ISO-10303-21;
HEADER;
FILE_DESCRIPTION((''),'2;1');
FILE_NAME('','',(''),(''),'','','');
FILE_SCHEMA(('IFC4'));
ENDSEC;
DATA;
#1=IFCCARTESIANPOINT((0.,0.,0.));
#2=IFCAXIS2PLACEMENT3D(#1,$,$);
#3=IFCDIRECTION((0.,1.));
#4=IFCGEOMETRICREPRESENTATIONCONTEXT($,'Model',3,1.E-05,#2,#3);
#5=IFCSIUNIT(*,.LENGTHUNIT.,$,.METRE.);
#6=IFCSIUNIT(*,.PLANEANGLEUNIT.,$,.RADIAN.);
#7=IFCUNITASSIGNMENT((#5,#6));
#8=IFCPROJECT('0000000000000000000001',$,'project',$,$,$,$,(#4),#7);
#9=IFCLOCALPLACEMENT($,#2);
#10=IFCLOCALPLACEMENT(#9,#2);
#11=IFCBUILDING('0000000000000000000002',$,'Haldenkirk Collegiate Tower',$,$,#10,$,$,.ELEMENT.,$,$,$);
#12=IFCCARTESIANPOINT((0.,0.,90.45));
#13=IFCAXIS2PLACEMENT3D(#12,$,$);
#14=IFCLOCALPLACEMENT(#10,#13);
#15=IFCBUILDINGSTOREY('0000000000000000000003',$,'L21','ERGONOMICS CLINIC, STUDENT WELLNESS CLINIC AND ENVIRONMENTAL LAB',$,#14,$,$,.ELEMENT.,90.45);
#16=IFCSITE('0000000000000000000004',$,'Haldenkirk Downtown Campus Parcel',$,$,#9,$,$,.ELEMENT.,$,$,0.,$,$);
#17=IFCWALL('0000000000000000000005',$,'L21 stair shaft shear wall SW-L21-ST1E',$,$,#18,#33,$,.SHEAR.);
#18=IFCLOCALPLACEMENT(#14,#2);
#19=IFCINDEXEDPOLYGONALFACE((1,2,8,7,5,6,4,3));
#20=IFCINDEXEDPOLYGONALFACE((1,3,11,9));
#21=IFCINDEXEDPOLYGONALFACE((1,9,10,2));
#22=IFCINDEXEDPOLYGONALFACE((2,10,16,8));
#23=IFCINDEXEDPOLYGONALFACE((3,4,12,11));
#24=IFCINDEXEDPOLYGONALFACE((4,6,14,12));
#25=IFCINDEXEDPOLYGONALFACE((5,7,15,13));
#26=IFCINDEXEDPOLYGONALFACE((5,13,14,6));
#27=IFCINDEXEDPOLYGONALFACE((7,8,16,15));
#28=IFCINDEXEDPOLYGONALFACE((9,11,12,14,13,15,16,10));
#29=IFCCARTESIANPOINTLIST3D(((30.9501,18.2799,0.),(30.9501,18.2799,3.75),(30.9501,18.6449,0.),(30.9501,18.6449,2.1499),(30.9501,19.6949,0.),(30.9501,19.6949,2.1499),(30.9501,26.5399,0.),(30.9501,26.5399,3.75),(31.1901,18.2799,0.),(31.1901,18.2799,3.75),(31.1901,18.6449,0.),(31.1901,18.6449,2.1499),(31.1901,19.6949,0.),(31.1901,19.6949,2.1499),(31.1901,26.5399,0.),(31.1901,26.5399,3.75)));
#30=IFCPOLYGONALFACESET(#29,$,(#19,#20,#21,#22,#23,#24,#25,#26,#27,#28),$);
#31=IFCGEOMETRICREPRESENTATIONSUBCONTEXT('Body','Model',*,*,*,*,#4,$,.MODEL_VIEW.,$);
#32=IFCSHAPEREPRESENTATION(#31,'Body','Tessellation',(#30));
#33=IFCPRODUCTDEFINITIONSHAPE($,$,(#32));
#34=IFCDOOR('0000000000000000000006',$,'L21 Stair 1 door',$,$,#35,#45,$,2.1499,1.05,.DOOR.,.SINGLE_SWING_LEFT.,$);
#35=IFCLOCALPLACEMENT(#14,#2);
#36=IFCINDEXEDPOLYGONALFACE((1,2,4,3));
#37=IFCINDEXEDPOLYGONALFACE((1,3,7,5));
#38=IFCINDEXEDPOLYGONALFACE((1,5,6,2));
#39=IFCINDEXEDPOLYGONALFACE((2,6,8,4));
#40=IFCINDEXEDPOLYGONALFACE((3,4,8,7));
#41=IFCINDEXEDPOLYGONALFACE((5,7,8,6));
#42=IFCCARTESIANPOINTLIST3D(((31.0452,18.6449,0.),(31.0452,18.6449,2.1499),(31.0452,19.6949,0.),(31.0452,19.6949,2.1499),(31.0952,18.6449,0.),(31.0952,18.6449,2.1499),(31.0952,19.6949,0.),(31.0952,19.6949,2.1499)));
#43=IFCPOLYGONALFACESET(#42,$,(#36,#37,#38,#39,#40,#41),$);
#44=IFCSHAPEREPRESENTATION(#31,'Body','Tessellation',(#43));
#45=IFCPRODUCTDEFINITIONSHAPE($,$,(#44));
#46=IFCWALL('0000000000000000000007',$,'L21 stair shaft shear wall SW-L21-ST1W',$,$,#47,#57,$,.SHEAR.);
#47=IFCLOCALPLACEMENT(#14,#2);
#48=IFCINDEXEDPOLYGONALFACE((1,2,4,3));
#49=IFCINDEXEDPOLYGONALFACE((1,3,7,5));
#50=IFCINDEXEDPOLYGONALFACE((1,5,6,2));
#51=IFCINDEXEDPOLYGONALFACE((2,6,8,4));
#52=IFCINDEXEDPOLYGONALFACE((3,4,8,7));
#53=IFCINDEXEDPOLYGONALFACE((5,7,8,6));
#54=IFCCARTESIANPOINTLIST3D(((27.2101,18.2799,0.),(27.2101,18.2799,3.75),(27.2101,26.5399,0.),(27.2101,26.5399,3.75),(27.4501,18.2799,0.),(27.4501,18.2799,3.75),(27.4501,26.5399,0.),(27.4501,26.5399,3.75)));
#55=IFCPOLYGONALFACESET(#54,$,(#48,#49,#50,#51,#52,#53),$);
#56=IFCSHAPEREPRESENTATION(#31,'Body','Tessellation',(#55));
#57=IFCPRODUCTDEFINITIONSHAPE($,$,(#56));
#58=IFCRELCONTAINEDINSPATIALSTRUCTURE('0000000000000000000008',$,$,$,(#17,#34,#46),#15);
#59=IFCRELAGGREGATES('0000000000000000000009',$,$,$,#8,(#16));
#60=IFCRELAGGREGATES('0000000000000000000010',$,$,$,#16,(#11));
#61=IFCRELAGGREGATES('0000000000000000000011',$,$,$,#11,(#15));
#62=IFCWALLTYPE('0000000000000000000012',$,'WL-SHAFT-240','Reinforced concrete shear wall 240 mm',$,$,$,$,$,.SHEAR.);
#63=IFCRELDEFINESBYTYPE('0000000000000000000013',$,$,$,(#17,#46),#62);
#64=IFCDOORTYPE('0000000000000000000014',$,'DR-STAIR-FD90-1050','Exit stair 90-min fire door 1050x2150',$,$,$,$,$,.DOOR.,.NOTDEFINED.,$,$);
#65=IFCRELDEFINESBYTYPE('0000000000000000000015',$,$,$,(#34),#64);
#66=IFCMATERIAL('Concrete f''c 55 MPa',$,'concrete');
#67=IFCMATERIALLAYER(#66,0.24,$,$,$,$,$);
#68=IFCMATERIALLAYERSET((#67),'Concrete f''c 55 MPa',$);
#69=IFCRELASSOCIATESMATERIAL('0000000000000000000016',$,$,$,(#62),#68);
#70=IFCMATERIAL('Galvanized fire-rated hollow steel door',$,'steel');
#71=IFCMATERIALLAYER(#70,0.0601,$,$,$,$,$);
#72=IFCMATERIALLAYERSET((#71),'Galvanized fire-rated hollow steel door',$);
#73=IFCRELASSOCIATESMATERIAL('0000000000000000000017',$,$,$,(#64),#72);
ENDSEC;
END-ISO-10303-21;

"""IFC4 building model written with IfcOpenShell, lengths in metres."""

from ifc_helpers import new_model, si_unit, direction, frame, frame_2d, origin, place, context, subcontext, project, spatial, rectangle, extrude, material, layer, layer_set, type_object, element, fill, save


model = new_model("IFC4")

# Units and contexts
model_context = context("Model", 3, precision=1e-05, world=origin(), true_north=direction((0.0, 1.0)))
body_context = subcontext(model_context, "Body", "Model", "MODEL_VIEW")
ifc_project = project(units=[si_unit("LENGTHUNIT", "METRE"), si_unit("PLANEANGLEUNIT", "RADIAN")], contexts=[model_context])

# Site, building, storey
site_placement = place(None, origin())
site = spatial("IfcSite", under=ifc_project, at=site_placement, Name="Haldenkirk Downtown Campus Parcel", CompositionType="ELEMENT", RefElevation=0.0)
building_placement = place(site_placement, origin())
building = spatial("IfcBuilding", under=site, at=building_placement, Name="Haldenkirk Collegiate Tower", CompositionType="ELEMENT")
storey_placement = place(building_placement, frame((0.0, 0.0, 90.45)))
storey = spatial("IfcBuildingStorey", under=building, at=storey_placement, Name="L21", Description="ERGONOMICS CLINIC, STUDENT WELLNESS CLINIC AND ENVIRONMENTAL LAB", CompositionType="ELEMENT", Elevation=90.45)

# Shared definitions
ifc_material_1 = material(Name="Galvanized fire-rated hollow steel door", Category="steel")

# Wall, opening, door
ifc_material_2 = material(Name="Concrete f'c 55 MPa", Category="concrete")
ifc_layer_1 = layer(ifc_material_2, 0.24)
ifc_layer_set_1 = layer_set([ifc_layer_1], Name="Concrete f'c 55 MPa")
wall_type_1 = type_object("IfcWallType", Name="WL-SHAFT-240", Description="Reinforced concrete shear wall 240 mm", PredefinedType="SHEAR", material=ifc_layer_set_1)
wall_1_placement = place(storey_placement, frame((31.0701, 18.28, 0.0), z_axis=(0.0, 0.0, 1.0), x_axis=(0.0, 1.0, 0.0)))
wall_1 = element("IfcWall", 1, at=wall_1_placement, inside=storey, type_object=wall_type_1, Name="L21 stair shaft shear wall SW-L21-ST1E", PredefinedType="SHEAR", context=body_context, shape_type="SweptSolid", body=[
    extrude(rectangle(XDim=8.26, YDim=0.24, at=frame_2d((4.1299, 0.0))), origin(), (0.0, 0.0, 1.0), 3.75),
])
opening_1_placement = place(wall_1_placement, frame((0.365, 0.0, 0.0)))
opening_1 = element("IfcOpeningElement", 2, at=opening_1_placement, cuts=wall_1, PredefinedType="OPENING", context=body_context, shape_type="SweptSolid", body=[
    extrude(rectangle(XDim=1.05, YDim=2.1499, at=frame_2d((0.5249, 1.075))), frame((0.0, 0.1299, 0.0), z_axis=(0.0, -1.0, 0.0), x_axis=(1.0, 0.0, 0.0)), (0.0, 0.0, 1.0), 0.26),
])
ifc_layer_2 = layer(ifc_material_1, 0.0601)
ifc_layer_set_2 = layer_set([ifc_layer_2], Name="Galvanized fire-rated hollow steel door")
door_type_1 = type_object("IfcDoorType", Name="DR-STAIR-FD90-1050", Description="Exit stair 90-min fire door 1050x2150", OperationType="NOTDEFINED", PredefinedType="DOOR", material=ifc_layer_set_2)
door_1_placement = place(opening_1_placement, origin())
door_1 = element("IfcDoor", 3, at=door_1_placement, inside=storey, type_object=door_type_1, Name="L21 Stair 1 door", OperationType="SINGLE_SWING_LEFT", OverallHeight=2.1499, OverallWidth=1.05, PredefinedType="DOOR", context=body_context, shape_type="SweptSolid", body=[
    extrude(rectangle(XDim=1.05, YDim=2.1499, at=frame_2d((0.5249, 1.075))), frame((0.0, 0.0249, 0.0), z_axis=(0.0, -1.0, 0.0), x_axis=(1.0, 0.0, 0.0)), (0.0, 0.0, 1.0), 0.05),
])
fill(opening_1, door_1)

# Wall
wall_2_placement = place(storey_placement, frame((27.3301, 18.28, 0.0), z_axis=(0.0, 0.0, 1.0), x_axis=(0.0, 1.0, 0.0)))
element("IfcWall", 4, at=wall_2_placement, inside=storey, type_object=wall_type_1, Name="L21 stair shaft shear wall SW-L21-ST1W", PredefinedType="SHEAR", context=body_context, shape_type="SweptSolid", body=[
    extrude(rectangle(XDim=8.26, YDim=0.24, at=frame_2d((4.1299, 0.0))), origin(), (0.0, 0.0, 1.0), 3.75),
])

save(model, "model.ifc")
